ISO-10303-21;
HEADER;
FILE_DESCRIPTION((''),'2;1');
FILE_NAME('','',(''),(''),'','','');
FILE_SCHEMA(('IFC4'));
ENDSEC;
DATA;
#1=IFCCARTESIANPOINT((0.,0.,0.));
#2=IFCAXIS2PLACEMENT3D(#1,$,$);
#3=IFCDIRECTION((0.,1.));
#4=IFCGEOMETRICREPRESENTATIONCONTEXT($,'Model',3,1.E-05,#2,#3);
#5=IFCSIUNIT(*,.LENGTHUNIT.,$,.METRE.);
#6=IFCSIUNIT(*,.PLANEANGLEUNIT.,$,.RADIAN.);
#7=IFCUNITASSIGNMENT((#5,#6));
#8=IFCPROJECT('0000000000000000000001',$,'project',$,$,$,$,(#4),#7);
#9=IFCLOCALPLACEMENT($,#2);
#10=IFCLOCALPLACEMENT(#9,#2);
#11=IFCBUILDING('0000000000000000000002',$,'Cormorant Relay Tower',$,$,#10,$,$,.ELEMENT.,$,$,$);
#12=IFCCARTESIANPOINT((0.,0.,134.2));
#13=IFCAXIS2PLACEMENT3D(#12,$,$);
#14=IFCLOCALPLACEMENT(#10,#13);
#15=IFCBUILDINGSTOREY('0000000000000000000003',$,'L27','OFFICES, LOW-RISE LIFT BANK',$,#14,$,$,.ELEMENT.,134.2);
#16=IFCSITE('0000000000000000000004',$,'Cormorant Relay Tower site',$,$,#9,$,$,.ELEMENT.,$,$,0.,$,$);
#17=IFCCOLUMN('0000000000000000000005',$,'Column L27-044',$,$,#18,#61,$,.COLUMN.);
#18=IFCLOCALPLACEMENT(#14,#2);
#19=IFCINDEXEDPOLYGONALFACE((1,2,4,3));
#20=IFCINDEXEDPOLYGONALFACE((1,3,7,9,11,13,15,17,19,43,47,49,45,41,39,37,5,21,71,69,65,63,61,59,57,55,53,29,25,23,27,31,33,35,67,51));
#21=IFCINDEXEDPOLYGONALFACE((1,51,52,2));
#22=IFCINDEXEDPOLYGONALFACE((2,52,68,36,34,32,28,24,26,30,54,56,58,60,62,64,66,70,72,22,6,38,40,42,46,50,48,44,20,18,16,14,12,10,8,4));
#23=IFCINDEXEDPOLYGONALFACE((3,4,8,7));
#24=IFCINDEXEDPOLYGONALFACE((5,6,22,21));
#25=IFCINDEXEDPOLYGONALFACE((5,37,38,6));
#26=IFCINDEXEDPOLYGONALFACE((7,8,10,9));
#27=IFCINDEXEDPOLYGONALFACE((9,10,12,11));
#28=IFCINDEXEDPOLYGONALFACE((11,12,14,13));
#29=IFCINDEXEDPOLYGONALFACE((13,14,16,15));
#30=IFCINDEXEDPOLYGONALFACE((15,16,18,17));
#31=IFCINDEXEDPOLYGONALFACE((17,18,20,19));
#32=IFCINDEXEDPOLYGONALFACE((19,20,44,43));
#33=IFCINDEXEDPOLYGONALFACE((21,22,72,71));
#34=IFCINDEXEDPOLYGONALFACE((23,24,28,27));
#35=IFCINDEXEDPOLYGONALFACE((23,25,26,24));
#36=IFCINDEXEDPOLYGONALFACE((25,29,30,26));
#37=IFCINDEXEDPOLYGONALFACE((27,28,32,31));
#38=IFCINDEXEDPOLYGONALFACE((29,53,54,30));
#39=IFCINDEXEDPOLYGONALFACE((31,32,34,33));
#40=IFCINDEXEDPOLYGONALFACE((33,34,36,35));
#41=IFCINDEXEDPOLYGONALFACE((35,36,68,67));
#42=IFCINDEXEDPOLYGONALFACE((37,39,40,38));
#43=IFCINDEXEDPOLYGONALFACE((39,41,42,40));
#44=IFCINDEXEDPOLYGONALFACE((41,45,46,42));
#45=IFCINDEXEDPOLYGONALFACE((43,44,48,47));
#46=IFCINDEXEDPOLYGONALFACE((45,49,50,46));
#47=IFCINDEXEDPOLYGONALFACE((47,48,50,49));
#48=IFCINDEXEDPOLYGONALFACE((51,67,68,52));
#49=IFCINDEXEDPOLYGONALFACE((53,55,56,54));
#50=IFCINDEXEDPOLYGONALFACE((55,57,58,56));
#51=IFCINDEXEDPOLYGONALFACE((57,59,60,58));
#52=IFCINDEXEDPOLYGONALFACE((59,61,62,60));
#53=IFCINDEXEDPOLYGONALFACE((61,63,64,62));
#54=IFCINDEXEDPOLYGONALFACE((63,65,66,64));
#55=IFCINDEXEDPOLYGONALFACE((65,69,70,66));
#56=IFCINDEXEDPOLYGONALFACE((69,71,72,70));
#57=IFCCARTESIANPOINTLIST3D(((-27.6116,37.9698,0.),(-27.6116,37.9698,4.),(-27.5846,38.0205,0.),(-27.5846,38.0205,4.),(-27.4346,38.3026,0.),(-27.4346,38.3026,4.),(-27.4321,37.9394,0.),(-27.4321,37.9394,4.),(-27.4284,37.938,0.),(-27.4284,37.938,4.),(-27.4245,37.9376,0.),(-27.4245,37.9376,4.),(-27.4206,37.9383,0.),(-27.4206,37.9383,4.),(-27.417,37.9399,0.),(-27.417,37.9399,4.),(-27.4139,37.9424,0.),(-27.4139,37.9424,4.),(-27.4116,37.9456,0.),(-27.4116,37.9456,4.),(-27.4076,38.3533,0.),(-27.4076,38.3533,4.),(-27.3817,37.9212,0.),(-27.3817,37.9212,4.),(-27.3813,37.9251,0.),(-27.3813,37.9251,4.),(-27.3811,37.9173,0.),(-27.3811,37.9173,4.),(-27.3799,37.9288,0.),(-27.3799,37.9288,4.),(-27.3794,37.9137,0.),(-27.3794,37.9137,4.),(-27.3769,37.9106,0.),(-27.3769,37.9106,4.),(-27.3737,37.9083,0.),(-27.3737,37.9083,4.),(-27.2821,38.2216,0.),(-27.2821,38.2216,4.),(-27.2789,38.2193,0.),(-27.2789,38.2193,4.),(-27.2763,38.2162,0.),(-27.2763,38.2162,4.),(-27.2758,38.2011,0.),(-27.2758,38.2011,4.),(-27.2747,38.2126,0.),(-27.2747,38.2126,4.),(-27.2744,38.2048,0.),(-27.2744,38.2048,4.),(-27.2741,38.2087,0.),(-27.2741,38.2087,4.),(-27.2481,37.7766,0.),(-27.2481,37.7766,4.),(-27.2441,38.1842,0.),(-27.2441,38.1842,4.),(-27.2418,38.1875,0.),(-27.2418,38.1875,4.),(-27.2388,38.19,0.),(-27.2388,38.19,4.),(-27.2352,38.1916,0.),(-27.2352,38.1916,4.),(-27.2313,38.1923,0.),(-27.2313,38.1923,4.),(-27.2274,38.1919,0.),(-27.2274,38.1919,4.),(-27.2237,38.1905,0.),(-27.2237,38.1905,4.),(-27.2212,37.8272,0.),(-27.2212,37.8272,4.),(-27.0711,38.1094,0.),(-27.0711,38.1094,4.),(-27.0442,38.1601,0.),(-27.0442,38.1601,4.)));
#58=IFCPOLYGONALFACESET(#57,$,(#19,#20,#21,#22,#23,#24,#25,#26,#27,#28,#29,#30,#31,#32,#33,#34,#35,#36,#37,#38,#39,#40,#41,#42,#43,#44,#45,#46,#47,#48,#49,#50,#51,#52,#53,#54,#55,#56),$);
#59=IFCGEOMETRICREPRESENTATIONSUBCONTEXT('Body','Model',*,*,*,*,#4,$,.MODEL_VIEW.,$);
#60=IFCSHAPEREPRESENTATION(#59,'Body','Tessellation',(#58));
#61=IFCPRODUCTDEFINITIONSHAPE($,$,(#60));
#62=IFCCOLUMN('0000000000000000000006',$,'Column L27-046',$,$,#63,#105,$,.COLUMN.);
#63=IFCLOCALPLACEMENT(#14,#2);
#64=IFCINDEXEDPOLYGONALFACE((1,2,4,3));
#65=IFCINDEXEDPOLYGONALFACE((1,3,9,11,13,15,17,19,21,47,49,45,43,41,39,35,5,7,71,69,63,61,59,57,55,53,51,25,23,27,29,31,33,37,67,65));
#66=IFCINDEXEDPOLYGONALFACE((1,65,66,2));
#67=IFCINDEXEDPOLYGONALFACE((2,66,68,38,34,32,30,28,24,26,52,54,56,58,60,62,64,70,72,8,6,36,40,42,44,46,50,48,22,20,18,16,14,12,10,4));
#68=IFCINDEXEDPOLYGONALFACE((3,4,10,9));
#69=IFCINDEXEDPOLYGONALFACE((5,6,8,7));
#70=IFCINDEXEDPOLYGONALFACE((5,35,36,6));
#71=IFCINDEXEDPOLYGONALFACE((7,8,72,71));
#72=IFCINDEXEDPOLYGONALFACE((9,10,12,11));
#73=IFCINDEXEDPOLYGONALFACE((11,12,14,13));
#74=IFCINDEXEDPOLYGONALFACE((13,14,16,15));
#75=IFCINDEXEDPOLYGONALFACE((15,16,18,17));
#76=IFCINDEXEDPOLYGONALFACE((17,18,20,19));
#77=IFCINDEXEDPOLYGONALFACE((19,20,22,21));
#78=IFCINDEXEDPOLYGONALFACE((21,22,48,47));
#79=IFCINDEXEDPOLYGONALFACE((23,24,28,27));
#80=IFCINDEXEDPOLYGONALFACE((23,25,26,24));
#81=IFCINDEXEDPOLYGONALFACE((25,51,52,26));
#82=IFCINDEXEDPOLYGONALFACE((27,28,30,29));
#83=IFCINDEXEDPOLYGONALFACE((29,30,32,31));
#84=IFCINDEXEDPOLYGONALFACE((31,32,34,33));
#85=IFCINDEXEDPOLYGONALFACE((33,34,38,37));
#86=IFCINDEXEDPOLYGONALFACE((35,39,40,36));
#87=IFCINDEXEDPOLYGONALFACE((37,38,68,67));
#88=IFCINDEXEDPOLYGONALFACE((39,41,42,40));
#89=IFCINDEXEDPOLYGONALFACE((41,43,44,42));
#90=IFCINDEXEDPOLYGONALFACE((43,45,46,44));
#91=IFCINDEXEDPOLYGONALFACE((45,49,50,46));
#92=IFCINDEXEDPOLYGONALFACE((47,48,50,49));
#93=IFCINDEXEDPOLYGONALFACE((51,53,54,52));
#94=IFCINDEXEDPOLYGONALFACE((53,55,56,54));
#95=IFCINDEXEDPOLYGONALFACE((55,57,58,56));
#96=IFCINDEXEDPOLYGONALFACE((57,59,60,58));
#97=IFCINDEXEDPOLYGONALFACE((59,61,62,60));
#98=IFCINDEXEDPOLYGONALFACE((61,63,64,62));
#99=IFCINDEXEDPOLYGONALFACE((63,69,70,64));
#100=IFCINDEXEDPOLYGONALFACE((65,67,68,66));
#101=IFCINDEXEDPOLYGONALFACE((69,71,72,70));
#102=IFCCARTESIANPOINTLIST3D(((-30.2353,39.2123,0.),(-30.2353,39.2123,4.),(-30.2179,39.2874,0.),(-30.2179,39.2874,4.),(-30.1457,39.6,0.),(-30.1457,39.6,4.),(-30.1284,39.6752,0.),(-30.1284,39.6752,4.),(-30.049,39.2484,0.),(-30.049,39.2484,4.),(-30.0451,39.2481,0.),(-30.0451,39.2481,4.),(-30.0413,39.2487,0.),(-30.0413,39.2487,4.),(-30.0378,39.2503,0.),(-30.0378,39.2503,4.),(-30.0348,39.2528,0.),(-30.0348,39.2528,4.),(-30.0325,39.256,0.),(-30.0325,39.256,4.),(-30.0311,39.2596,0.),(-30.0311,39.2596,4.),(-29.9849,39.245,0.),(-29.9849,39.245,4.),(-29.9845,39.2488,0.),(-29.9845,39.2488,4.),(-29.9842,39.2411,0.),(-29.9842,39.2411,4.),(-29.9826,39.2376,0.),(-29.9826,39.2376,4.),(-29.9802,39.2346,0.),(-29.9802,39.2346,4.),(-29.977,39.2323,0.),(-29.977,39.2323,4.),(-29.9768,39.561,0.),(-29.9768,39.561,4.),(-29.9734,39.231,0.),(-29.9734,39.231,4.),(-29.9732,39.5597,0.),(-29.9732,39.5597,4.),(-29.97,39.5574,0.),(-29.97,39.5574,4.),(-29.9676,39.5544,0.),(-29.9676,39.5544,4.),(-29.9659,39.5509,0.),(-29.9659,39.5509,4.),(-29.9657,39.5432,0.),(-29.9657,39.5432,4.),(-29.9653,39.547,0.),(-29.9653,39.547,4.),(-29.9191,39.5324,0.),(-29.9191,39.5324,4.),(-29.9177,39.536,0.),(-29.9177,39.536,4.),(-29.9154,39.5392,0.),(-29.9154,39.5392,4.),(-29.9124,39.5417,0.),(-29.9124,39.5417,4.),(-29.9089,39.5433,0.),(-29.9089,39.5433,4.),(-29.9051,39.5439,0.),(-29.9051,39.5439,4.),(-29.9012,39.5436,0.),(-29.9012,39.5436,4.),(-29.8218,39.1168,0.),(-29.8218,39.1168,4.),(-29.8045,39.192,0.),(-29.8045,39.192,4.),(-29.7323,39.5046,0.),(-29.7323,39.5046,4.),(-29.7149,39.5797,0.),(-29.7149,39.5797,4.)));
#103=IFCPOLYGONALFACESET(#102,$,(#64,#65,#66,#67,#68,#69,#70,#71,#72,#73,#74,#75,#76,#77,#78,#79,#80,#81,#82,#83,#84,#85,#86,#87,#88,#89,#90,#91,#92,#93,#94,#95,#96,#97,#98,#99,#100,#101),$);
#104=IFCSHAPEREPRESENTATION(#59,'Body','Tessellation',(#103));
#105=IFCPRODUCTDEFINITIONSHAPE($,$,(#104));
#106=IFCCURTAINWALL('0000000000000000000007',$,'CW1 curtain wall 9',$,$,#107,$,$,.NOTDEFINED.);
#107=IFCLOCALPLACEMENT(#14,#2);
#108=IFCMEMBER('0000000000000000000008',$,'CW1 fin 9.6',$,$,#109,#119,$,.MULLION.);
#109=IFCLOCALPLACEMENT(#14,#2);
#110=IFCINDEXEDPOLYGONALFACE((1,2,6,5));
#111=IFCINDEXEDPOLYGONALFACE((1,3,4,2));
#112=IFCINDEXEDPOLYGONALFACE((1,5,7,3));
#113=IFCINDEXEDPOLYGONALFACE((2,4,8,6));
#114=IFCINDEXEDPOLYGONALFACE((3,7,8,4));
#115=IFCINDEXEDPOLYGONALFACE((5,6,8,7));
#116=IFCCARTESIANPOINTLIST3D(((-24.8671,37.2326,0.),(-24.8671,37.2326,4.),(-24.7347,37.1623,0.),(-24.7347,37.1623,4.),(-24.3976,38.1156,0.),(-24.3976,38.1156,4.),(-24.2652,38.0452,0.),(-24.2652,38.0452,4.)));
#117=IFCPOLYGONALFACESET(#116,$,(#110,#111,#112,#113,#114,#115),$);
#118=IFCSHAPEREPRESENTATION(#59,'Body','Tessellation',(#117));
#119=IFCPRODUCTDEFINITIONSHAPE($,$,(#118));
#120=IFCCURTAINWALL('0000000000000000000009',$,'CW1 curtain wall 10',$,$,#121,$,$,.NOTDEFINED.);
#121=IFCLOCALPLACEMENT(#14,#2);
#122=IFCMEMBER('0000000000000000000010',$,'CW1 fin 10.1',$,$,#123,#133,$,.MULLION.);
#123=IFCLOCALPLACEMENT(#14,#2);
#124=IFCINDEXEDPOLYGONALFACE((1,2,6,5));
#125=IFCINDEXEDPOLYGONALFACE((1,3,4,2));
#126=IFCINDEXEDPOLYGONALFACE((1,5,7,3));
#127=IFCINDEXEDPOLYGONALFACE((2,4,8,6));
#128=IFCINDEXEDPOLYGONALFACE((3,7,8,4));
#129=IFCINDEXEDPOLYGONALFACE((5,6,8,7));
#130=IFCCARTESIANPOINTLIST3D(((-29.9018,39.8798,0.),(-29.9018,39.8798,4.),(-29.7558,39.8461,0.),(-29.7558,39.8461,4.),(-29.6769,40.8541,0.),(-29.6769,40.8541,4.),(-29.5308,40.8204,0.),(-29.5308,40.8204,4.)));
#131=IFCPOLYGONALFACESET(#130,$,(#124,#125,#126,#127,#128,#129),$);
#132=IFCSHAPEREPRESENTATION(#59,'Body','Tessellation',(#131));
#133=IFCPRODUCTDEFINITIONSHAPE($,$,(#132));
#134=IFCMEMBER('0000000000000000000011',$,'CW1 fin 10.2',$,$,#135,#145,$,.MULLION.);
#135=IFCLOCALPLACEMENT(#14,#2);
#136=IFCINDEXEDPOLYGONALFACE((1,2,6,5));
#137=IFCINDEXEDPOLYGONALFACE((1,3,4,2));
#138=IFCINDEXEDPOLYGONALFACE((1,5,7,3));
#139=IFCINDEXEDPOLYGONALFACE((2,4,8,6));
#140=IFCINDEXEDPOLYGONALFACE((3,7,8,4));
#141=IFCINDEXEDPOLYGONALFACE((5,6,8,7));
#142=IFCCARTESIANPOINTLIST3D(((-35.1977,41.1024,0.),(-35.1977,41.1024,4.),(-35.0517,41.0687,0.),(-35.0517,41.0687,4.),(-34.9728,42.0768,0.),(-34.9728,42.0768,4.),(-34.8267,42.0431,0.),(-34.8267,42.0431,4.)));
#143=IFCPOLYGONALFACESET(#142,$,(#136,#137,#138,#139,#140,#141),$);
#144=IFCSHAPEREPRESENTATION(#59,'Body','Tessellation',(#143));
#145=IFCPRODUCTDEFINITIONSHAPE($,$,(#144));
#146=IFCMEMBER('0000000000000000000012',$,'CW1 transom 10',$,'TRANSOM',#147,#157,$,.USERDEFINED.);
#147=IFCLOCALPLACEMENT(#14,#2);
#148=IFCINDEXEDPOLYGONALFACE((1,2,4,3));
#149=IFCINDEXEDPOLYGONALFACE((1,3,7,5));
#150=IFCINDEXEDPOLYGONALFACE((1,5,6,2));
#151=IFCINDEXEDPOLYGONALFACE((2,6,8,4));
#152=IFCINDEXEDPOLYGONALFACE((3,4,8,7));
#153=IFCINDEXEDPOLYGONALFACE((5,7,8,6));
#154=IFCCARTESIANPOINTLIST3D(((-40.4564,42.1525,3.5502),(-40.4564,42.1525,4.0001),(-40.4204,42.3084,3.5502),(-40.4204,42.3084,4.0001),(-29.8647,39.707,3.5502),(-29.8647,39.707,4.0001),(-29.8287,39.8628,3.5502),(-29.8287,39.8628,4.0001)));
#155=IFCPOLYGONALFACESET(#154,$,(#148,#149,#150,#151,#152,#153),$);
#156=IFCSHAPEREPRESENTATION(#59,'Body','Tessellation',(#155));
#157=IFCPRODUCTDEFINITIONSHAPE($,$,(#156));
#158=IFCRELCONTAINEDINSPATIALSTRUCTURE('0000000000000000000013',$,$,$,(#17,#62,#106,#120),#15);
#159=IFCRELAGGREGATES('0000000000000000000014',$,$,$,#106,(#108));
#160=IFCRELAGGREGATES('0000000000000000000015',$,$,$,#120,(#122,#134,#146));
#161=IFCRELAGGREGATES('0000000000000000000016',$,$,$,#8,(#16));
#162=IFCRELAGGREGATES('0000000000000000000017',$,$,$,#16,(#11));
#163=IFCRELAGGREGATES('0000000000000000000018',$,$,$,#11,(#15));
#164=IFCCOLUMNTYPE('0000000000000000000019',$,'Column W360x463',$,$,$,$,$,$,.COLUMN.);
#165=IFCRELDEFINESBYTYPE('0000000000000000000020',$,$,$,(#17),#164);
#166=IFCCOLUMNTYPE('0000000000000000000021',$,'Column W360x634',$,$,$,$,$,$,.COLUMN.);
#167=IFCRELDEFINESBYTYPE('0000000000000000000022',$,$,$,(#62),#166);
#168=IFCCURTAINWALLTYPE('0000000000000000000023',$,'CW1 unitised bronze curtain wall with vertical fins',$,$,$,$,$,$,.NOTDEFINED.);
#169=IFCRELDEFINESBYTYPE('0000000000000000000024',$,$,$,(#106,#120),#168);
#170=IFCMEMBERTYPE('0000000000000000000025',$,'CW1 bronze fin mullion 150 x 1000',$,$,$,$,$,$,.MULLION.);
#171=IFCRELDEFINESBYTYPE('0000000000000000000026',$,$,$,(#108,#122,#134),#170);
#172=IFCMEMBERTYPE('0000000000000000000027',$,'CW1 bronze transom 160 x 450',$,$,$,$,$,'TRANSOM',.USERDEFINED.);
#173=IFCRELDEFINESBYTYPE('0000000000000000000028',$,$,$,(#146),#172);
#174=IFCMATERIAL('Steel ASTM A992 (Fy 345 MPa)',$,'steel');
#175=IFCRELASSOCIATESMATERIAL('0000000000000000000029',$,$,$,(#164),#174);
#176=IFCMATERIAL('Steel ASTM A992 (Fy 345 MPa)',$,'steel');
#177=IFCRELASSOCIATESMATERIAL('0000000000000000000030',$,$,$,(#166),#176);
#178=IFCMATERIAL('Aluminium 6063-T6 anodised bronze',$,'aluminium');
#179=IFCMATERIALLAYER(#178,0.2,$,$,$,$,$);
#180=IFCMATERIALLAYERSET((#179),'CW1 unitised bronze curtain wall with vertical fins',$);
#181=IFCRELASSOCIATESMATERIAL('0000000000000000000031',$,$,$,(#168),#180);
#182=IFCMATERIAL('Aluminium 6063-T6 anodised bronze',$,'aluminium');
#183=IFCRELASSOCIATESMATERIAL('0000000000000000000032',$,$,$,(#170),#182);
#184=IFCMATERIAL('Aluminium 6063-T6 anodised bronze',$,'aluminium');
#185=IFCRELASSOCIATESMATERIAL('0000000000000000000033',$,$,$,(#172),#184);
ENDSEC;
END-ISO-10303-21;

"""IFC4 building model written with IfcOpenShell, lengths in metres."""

from ifc_helpers import new_model, si_unit, direction, frame, origin, origin_2d, place, context, subcontext, project, spatial, rectangle, i_section, extrude, material, layer, layer_set, material_profile, profile_set, type_object, element, aggregate, save


model = new_model("IFC4")

# Units and contexts
model_context = context("Model", 3, precision=1e-05, world=origin(), true_north=direction((0.0, 1.0)))
body_context = subcontext(model_context, "Body", "Model", "MODEL_VIEW")
ifc_project = project(units=[si_unit("LENGTHUNIT", "METRE"), si_unit("PLANEANGLEUNIT", "RADIAN")], contexts=[model_context])

# Site, building, storey
site_placement = place(None, origin())
site = spatial("IfcSite", under=ifc_project, at=site_placement, Name="Cormorant Relay Tower site", CompositionType="ELEMENT", RefElevation=0.0)
building_placement = place(site_placement, origin())
building = spatial("IfcBuilding", under=site, at=building_placement, Name="Cormorant Relay Tower", CompositionType="ELEMENT")
storey_placement = place(building_placement, frame((0.0, 0.0, 134.2)))
storey = spatial("IfcBuildingStorey", under=building, at=storey_placement, Name="L27", Description="OFFICES, LOW-RISE LIFT BANK", CompositionType="ELEMENT", Elevation=134.2)

# Columns
ifc_material_1 = material(Name="Steel ASTM A992 (Fy 345 MPa)", Category="steel")
ifc_material_profile_1 = material_profile(ifc_material_1, i_section(OverallWidth=0.4116, OverallDepth=0.4343, WebThickness=0.0359, FlangeThickness=0.0574, FilletRadius=0.0151, at=origin_2d()), Name="W360x463")
ifc_profile_set_1 = profile_set([ifc_material_profile_1], Name="Steel ASTM A992 (Fy 345 MPa)")
column_type_1 = type_object("IfcColumnType", Name="Column W360x463", PredefinedType="COLUMN", material=ifc_profile_set_1)
column_1_placement = place(storey_placement, frame((-27.3279, 38.0649, 0.0), z_axis=(0.0, 0.0, 1.0), x_axis=(-0.882948, 0.469472, 0.0)))
element("IfcColumn", 1, at=column_1_placement, inside=storey, type_object=column_type_1, Name="Column L27-044", PredefinedType="COLUMN", context=body_context, shape_type="SweptSolid", body=[
    extrude(i_section(OverallWidth=0.4116, OverallDepth=0.4343, WebThickness=0.0359, FlangeThickness=0.0574, FilletRadius=0.0151, at=origin_2d()), origin(), (0.0, 0.0, 1.0), 4.0),
])
ifc_material_2 = material(Name="Steel ASTM A992 (Fy 345 MPa)", Category="steel")
ifc_material_profile_2 = material_profile(ifc_material_2, i_section(OverallWidth=0.4243, OverallDepth=0.4751, WebThickness=0.0479, FlangeThickness=0.0771, FilletRadius=0.0149, at=origin_2d()), Name="W360x634")
ifc_profile_set_2 = profile_set([ifc_material_profile_2], Name="Steel ASTM A992 (Fy 345 MPa)")
column_type_2 = type_object("IfcColumnType", Name="Column W360x634", PredefinedType="COLUMN", material=ifc_profile_set_2)
column_2_placement = place(storey_placement, frame((-29.9751, 39.396, 0.0), z_axis=(0.0, 0.0, 1.0), x_axis=(-0.97437, 0.224951, 0.0)))
element("IfcColumn", 2, at=column_2_placement, inside=storey, type_object=column_type_2, Name="Column L27-046", PredefinedType="COLUMN", context=body_context, shape_type="SweptSolid", body=[
    extrude(i_section(OverallWidth=0.4243, OverallDepth=0.4751, WebThickness=0.0479, FlangeThickness=0.0771, FilletRadius=0.0149, at=origin_2d()), origin(), (0.0, 0.0, 1.0), 4.0),
])

# Curtain wall, member
ifc_material_3 = material(Name="Aluminium 6063-T6 anodised bronze", Category="aluminium")
ifc_layer_1 = layer(ifc_material_3, 0.2)
ifc_layer_set_1 = layer_set([ifc_layer_1], Name="CW1 unitised bronze curtain wall with vertical fins")
curtain_wall_type = type_object("IfcCurtainWallType", Name="CW1 unitised bronze curtain wall with vertical fins", PredefinedType="NOTDEFINED", material=ifc_layer_set_1)
curtain_wall_1_placement = place(storey_placement, origin())
curtain_wall_1 = element("IfcCurtainWall", 3, at=curtain_wall_1_placement, inside=storey, type_object=curtain_wall_type, Name="CW1 curtain wall 9", PredefinedType="NOTDEFINED")
ifc_material_4 = material(Name="Aluminium 6063-T6 anodised bronze", Category="aluminium")
ifc_material_profile_3 = material_profile(ifc_material_4, rectangle(XDim=0.1499, YDim=1.0, at=origin_2d()), Name="AL 150x1000")
ifc_profile_set_3 = profile_set([ifc_material_profile_3], Name="Aluminium 6063-T6 anodised bronze")
member_type_1 = type_object("IfcMemberType", Name="CW1 bronze fin mullion 150 x 1000", PredefinedType="MULLION", material=ifc_profile_set_3)
member_1_placement = place(storey_placement, frame((-24.5662, 37.6389, 0.0), z_axis=(0.0, 0.0, 1.0), x_axis=(-0.882948, 0.469472, 0.0)))
member_1 = element("IfcMember", 4, at=member_1_placement, type_object=member_type_1, Name="CW1 fin 9.6", PredefinedType="MULLION", context=body_context, shape_type="SweptSolid", body=[
    extrude(rectangle(XDim=0.1499, YDim=1.0, at=origin_2d()), origin(), (0.0, 0.0, 1.0), 4.0),
])

# Curtain wall, members
curtain_wall_2_placement = place(storey_placement, origin())
curtain_wall_2 = element("IfcCurtainWall", 5, at=curtain_wall_2_placement, inside=storey, type_object=curtain_wall_type, Name="CW1 curtain wall 10", PredefinedType="NOTDEFINED")
member_2_placement = place(storey_placement, frame((-29.7163, 40.3501, 0.0), z_axis=(0.0, 0.0, 1.0), x_axis=(-0.97437, 0.224951, 0.0)))
member_2 = element("IfcMember", 6, at=member_2_placement, type_object=member_type_1, Name="CW1 fin 10.1", PredefinedType="MULLION", context=body_context, shape_type="SweptSolid", body=[
    extrude(rectangle(XDim=0.1499, YDim=1.0, at=origin_2d()), origin(), (0.0, 0.0, 1.0), 4.0),
])
member_3_placement = place(storey_placement, frame((-35.0122, 41.5728, 0.0), z_axis=(0.0, 0.0, 1.0), x_axis=(-0.97437, 0.224951, 0.0)))
member_3 = element("IfcMember", 7, at=member_3_placement, type_object=member_type_1, Name="CW1 fin 10.2", PredefinedType="MULLION", context=body_context, shape_type="SweptSolid", body=[
    extrude(rectangle(XDim=0.1499, YDim=1.0, at=origin_2d()), origin(), (0.0, 0.0, 1.0), 4.0),
])
ifc_material_5 = material(Name="Aluminium 6063-T6 anodised bronze", Category="aluminium")
ifc_material_profile_4 = material_profile(ifc_material_5, rectangle(XDim=0.1599, YDim=0.45, at=origin_2d()), Name="AL 160x450")
ifc_profile_set_4 = profile_set([ifc_material_profile_4], Name="Aluminium 6063-T6 anodised bronze")
member_type_2 = type_object("IfcMemberType", Name="CW1 bronze transom 160 x 450", ElementType="TRANSOM", PredefinedType="USERDEFINED", material=ifc_profile_set_4)
member_4_placement = place(storey_placement, frame((-29.8467, 39.7849, 3.7751), z_axis=(-0.974365, 0.224973, 0.0), x_axis=(-0.224973, -0.974365, 0.0)))
member_4 = element("IfcMember", 8, at=member_4_placement, type_object=member_type_2, Name="CW1 transom 10", ObjectType="TRANSOM", PredefinedType="USERDEFINED", context=body_context, shape_type="SweptSolid", body=[
    extrude(rectangle(XDim=0.1599, YDim=0.45, at=origin_2d()), origin(), (0.0, 0.0, 1.0), 10.8704),
])

aggregate(curtain_wall_1, [member_1])
aggregate(curtain_wall_2, [member_2, member_3, member_4])

save(model, "model.ifc")
